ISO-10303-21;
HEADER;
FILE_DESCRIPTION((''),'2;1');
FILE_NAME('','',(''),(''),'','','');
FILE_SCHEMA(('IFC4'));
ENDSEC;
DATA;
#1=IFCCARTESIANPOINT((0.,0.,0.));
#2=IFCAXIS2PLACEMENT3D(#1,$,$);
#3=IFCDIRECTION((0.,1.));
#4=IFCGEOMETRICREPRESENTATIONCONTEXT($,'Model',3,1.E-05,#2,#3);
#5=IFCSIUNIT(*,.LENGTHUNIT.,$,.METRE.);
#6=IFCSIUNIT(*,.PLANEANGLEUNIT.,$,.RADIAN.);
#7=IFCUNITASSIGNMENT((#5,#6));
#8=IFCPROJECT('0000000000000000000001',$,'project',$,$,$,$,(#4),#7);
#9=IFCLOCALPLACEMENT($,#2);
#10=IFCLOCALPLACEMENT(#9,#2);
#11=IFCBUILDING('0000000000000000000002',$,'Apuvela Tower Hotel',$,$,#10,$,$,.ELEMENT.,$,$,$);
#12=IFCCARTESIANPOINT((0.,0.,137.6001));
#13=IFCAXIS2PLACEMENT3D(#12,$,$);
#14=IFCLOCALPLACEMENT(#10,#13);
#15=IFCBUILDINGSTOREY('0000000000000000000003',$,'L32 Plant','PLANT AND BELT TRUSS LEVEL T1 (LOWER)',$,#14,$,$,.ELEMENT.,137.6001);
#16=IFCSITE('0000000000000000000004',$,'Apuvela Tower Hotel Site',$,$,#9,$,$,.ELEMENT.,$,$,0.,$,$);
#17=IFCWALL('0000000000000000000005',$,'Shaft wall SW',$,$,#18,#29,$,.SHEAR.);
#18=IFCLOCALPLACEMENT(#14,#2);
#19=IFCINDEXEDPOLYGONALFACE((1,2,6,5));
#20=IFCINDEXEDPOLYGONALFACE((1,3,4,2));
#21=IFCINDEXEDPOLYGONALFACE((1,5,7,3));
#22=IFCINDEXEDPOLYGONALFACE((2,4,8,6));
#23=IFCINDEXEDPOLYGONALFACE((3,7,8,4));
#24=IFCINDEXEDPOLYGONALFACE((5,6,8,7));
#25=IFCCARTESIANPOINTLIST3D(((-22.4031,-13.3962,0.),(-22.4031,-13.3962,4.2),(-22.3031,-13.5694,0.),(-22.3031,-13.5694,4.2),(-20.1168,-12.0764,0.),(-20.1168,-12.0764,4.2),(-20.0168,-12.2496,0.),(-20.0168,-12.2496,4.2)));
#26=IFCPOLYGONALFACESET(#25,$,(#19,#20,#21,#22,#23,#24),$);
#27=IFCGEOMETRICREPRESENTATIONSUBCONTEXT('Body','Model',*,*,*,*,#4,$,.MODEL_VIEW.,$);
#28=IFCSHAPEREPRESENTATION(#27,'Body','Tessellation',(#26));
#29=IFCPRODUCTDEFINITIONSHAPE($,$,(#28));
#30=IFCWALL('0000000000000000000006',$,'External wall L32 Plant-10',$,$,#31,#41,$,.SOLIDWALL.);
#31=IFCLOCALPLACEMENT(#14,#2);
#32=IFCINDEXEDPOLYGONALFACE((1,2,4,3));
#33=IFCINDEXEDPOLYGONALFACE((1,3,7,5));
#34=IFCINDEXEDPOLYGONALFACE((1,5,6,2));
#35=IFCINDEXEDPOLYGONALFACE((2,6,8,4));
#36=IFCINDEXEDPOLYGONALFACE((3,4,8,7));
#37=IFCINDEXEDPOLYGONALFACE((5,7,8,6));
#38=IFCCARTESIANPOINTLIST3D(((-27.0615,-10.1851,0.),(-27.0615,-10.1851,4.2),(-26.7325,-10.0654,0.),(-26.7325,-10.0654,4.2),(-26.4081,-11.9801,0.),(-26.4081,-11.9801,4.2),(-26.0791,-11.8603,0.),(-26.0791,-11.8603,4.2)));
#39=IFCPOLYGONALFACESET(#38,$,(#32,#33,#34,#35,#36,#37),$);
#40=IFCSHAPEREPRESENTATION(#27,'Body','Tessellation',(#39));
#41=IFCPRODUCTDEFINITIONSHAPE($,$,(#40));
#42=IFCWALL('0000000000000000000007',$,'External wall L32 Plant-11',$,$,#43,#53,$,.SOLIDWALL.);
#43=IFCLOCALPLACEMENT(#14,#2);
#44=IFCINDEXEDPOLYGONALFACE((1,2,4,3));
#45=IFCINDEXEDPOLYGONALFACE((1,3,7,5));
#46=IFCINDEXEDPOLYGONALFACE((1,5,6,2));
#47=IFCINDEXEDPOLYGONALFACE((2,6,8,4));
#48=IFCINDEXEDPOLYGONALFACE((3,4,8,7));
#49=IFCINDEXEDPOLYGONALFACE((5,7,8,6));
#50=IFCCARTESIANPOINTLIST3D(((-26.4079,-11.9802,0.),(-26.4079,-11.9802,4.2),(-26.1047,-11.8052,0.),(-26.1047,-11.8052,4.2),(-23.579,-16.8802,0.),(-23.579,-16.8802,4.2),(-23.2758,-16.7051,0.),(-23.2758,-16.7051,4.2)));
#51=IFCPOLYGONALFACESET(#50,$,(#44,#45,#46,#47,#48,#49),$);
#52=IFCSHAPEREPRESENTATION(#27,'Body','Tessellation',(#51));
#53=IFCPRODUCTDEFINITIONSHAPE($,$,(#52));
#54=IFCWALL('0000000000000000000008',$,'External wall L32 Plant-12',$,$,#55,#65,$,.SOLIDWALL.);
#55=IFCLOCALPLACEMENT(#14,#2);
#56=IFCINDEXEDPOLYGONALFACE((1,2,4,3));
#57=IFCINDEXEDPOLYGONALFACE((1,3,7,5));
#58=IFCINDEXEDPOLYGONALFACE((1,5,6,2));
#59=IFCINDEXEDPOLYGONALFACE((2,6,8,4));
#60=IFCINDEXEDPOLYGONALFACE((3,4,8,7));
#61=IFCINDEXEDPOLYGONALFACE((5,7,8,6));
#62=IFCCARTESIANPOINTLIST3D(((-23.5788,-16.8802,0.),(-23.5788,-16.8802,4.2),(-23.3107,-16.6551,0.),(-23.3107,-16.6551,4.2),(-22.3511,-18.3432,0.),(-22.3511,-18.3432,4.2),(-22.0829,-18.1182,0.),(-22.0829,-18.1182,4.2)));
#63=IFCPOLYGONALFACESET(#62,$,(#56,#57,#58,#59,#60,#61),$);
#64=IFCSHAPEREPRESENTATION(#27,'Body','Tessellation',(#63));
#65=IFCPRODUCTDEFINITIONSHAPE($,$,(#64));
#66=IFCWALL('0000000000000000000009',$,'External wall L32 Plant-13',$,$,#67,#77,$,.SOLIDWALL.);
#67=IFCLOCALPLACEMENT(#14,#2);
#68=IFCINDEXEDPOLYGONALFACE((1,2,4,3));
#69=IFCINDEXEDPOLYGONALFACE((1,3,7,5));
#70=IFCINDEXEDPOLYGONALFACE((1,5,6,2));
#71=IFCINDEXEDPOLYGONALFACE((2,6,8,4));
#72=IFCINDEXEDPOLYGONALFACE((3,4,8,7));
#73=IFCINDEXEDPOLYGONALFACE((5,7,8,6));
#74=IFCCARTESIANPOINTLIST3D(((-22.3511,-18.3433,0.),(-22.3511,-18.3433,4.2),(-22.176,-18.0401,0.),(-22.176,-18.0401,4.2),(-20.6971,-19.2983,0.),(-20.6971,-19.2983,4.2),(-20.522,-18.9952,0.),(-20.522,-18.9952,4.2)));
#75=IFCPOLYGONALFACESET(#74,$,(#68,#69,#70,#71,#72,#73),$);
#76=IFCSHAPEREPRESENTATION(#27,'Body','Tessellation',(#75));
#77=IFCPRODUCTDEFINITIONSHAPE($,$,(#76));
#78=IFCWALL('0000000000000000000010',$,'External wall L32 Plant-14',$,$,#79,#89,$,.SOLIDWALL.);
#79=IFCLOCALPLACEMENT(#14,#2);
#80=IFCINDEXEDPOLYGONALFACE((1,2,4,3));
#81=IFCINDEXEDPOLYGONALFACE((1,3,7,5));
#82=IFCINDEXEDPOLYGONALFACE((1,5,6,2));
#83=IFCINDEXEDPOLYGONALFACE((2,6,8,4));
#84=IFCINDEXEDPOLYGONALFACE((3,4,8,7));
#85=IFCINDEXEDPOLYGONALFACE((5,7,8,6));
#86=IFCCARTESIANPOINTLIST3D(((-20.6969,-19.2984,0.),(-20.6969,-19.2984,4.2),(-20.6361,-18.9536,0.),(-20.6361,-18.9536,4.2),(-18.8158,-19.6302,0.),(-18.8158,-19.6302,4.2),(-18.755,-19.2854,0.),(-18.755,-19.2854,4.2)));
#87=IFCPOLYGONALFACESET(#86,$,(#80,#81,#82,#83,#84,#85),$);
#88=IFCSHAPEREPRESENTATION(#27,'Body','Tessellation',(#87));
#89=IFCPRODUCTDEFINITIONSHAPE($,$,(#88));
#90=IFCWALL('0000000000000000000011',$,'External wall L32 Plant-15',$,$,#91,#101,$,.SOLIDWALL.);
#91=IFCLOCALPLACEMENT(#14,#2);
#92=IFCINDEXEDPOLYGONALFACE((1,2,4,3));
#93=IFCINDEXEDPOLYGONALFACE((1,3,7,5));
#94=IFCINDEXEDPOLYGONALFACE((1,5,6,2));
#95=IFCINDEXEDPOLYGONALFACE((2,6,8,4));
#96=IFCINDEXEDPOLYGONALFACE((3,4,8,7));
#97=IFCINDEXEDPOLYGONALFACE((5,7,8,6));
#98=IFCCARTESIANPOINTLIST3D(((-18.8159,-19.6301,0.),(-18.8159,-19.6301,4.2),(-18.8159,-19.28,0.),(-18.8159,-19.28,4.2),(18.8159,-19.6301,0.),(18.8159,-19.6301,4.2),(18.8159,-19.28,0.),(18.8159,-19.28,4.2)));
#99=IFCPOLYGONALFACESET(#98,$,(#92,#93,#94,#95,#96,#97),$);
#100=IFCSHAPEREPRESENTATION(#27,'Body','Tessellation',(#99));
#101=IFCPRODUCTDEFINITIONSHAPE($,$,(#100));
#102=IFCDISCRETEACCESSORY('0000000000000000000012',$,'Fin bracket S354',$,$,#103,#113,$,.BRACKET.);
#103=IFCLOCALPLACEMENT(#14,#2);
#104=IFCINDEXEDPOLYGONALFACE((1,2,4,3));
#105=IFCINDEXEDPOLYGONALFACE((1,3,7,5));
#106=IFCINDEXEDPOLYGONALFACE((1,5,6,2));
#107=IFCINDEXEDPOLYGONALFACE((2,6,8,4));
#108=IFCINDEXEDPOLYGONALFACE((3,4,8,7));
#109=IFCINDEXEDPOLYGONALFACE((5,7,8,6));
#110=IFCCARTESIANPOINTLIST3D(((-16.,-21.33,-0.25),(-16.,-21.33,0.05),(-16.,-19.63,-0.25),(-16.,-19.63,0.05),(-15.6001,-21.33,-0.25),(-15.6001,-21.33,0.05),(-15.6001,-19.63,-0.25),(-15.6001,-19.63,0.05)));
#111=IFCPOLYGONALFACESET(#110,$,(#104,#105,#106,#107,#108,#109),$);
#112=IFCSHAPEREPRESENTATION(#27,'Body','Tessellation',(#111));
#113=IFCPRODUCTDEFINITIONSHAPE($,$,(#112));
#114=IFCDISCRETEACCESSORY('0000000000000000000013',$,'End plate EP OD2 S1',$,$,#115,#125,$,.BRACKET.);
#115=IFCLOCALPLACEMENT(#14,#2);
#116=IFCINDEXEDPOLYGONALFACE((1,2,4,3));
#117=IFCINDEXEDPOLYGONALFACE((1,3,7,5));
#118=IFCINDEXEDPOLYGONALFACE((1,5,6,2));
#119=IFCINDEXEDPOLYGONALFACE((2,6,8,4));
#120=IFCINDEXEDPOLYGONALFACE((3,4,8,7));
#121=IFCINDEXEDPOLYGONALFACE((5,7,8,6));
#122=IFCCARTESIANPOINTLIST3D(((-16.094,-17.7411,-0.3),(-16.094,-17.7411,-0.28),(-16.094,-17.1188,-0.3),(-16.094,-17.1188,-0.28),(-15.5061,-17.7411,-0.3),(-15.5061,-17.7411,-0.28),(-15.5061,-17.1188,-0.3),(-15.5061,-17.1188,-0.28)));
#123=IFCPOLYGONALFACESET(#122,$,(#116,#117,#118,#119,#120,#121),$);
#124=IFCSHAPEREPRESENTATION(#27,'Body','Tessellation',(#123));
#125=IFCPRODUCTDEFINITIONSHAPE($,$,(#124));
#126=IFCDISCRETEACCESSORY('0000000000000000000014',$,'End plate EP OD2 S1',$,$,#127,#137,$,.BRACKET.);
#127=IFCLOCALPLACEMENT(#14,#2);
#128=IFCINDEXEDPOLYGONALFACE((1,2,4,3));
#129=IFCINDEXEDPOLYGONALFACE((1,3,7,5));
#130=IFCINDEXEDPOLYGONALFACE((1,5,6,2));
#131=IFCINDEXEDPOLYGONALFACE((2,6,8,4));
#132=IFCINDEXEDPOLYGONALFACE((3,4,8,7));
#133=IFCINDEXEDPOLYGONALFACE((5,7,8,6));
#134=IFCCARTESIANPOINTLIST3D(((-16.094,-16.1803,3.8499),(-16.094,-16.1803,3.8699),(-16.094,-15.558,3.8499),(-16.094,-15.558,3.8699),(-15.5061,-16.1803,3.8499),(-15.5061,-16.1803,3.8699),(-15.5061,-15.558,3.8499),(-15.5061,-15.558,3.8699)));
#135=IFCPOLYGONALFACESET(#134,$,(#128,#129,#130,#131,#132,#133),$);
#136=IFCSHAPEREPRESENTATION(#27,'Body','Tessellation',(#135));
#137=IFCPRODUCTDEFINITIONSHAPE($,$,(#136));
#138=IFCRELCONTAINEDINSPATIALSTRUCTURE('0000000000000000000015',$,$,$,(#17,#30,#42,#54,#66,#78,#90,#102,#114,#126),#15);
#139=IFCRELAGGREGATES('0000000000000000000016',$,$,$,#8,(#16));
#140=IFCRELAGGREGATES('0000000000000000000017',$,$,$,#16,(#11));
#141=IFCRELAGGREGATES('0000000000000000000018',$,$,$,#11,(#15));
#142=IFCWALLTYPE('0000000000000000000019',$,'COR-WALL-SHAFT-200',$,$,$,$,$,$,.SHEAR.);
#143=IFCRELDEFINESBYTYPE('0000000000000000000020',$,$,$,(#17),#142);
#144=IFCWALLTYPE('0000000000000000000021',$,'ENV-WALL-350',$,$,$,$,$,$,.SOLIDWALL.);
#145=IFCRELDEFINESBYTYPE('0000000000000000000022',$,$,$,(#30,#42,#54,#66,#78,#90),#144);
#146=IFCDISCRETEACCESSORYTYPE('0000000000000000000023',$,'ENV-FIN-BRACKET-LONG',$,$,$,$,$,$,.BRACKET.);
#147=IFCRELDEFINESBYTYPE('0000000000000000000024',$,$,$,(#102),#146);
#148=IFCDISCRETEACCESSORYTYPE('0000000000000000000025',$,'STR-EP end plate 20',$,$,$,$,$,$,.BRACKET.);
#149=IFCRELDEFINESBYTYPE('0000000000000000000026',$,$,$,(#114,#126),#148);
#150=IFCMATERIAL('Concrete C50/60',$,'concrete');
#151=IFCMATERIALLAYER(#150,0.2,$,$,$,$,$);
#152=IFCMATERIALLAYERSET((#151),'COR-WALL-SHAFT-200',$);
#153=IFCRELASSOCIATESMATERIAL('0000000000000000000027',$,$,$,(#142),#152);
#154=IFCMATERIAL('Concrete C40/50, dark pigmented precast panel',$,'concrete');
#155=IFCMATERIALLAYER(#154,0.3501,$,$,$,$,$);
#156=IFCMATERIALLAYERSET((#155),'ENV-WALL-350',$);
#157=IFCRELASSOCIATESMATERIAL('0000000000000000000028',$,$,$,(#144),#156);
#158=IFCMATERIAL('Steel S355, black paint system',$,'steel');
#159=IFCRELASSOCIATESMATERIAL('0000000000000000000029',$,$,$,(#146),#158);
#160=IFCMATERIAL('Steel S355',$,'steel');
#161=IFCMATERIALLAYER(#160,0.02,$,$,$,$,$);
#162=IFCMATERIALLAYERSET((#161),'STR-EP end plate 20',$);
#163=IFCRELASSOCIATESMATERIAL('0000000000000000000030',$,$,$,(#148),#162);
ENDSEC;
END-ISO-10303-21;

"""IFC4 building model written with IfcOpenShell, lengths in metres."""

from ifc_helpers import new_model, si_unit, direction, frame, frame_2d, origin, origin_2d, place, context, subcontext, project, spatial, rectangle, extrude, material, layer, layer_set, type_object, element, save


model = new_model("IFC4")

# Units and contexts
model_context = context("Model", 3, precision=1e-05, world=origin(), true_north=direction((0.0, 1.0)))
body_context = subcontext(model_context, "Body", "Model", "MODEL_VIEW")
ifc_project = project(units=[si_unit("LENGTHUNIT", "METRE"), si_unit("PLANEANGLEUNIT", "RADIAN")], contexts=[model_context])

# Site, building, storey
site_placement = place(None, origin())
site = spatial("IfcSite", under=ifc_project, at=site_placement, Name="Apuvela Tower Hotel Site", CompositionType="ELEMENT", RefElevation=0.0)
building_placement = place(site_placement, origin())
building = spatial("IfcBuilding", under=site, at=building_placement, Name="Apuvela Tower Hotel", CompositionType="ELEMENT")
storey_placement = place(building_placement, frame((0.0, 0.0, 137.6001)))
storey = spatial("IfcBuildingStorey", under=building, at=storey_placement, Name="L32 Plant", Description="PLANT AND BELT TRUSS LEVEL T1 (LOWER)", CompositionType="ELEMENT", Elevation=137.6001)

# Shared definitions
ifc_material_1 = material(Name="Steel S355", Category="steel")

# Shared definitions
ifc_material_2 = material(Name="Concrete C50/60", Category="concrete")
ifc_layer_1 = layer(ifc_material_2, 0.2)
ifc_layer_set_1 = layer_set([ifc_layer_1], Name="COR-WALL-SHAFT-200")
wall_type_1 = type_object("IfcWallType", Name="COR-WALL-SHAFT-200", PredefinedType="SHEAR", material=ifc_layer_set_1)

# Walls
wall_1_placement = place(storey_placement, frame((-20.0669, -12.1631, 0.0), z_axis=(0.0, 0.0, 1.0), x_axis=(-0.866061, -0.499939, 0.0)))
element("IfcWall", 1, at=wall_1_placement, inside=storey, type_object=wall_type_1, Name="Shaft wall SW", PredefinedType="SHEAR", context=body_context, shape_type="SweptSolid", body=[
    extrude(rectangle(XDim=2.6399, YDim=0.2, at=frame_2d((1.3198, 0.0))), origin(), (0.0, 0.0, 1.0), 4.2),
])
ifc_material_3 = material(Name="Concrete C40/50, dark pigmented precast panel", Category="concrete")
ifc_layer_2 = layer(ifc_material_3, 0.3501)
ifc_layer_set_2 = layer_set([ifc_layer_2], Name="ENV-WALL-350")
wall_type_2 = type_object("IfcWallType", Name="ENV-WALL-350", PredefinedType="SOLIDWALL", material=ifc_layer_set_2)
wall_2_placement = place(storey_placement, frame((-26.897, -10.1252, 0.0), z_axis=(0.0, 0.0, 1.0), x_axis=(0.34203, -0.939689, 0.0)))
element("IfcWall", 2, at=wall_2_placement, inside=storey, type_object=wall_type_2, Name="External wall L32 Plant-10", PredefinedType="SOLIDWALL", context=body_context, shape_type="SweptSolid", body=[
    extrude(rectangle(XDim=1.9102, YDim=0.3501, at=frame_2d((0.9551, 0.0))), origin(), (0.0, 0.0, 1.0), 4.2),
])
wall_3_placement = place(storey_placement, frame((-26.2563, -11.8926, 0.0), z_axis=(0.0, 0.0, 1.0), x_axis=(0.499986, -0.866033, 0.0)))
element("IfcWall", 3, at=wall_3_placement, inside=storey, type_object=wall_type_2, Name="External wall L32 Plant-11", PredefinedType="SOLIDWALL", context=body_context, shape_type="SweptSolid", body=[
    extrude(rectangle(XDim=5.658, YDim=0.3501, at=frame_2d((2.8291, 0.0))), origin(), (0.0, 0.0, 1.0), 4.2),
])
for number, where, z_axis, x_axis, name in (
    (4, (-23.4448, -16.7676, 0.0), (0.0, 0.0, 1.0), (0.642808, -0.766027, 0.0), "External wall L32 Plant-12"),
    (5, (-22.2637, -18.1917, 0.0), (0.0, 0.0, 1.0), (0.866, -0.500043, 0.0), "External wall L32 Plant-13"),
):
    element("IfcWall", number, at=place(storey_placement, frame(where, z_axis=z_axis, x_axis=x_axis)), inside=storey, type_object=wall_type_2, Name=name, PredefinedType="SOLIDWALL", context=body_context, shape_type="SweptSolid", body=[
        extrude(rectangle(XDim=1.9099, YDim=0.3501, at=frame_2d((0.9551, 0.0))), origin(), (0.0, 0.0, 1.0), 4.2),
    ])
wall_4_placement = place(storey_placement, frame((-20.6665, -19.126, 0.0), z_axis=(0.0, 0.0, 1.0), x_axis=(0.984799, -0.173698, 0.0)))
element("IfcWall", 6, at=wall_4_placement, inside=storey, type_object=wall_type_2, Name="External wall L32 Plant-14", PredefinedType="SOLIDWALL", context=body_context, shape_type="SweptSolid", body=[
    extrude(rectangle(XDim=1.9102, YDim=0.3501, at=frame_2d((0.9551, 0.0))), origin(), (0.0, 0.0, 1.0), 4.2),
])
wall_5_placement = place(storey_placement, frame((-18.8159, -19.4551, 0.0), z_axis=(0.0, 0.0, 1.0), x_axis=(1.0, 0.0, 0.0)))
element("IfcWall", 7, at=wall_5_placement, inside=storey, type_object=wall_type_2, Name="External wall L32 Plant-15", PredefinedType="SOLIDWALL", context=body_context, shape_type="SweptSolid", body=[
    extrude(rectangle(XDim=37.6318, YDim=0.3501, at=frame_2d((18.8159, 0.0))), origin(), (0.0, 0.0, 1.0), 4.2),
])

# Discrete accessories
ifc_material_4 = material(Name="Steel S355, black paint system", Category="steel")
discrete_accessory_type_1 = type_object("IfcDiscreteAccessoryType", Name="ENV-FIN-BRACKET-LONG", PredefinedType="BRACKET", material=ifc_material_4)
discrete_accessory_placement = place(storey_placement, frame((-15.8, -20.48, -0.25), z_axis=(0.0, 0.0, 1.0), x_axis=(1.0, 0.0, 0.0)))
element("IfcDiscreteAccessory", 8, at=discrete_accessory_placement, inside=storey, type_object=discrete_accessory_type_1, Name="Fin bracket S354", PredefinedType="BRACKET", context=body_context, shape_type="SweptSolid", body=[
    extrude(rectangle(XDim=0.3999, YDim=1.7, at=origin_2d()), origin(), (0.0, 0.0, 1.0), 0.3),
])
ifc_layer_3 = layer(ifc_material_1, 0.02)
ifc_layer_set_3 = layer_set([ifc_layer_3], Name="STR-EP end plate 20")
discrete_accessory_type_2 = type_object("IfcDiscreteAccessoryType", Name="STR-EP end plate 20", PredefinedType="BRACKET", material=ifc_layer_set_3)
for number, where, z_axis, x_axis, name in (
    (9, (-15.8, -17.4299, -0.3), (0.0, 0.0, 1.0), (0.0, 1.0, 0.0), "End plate EP OD2 S1"),
    (10, (-15.8, -15.8691, 3.8499), (0.0, 0.0, 1.0), (0.0, 1.0, 0.0), "End plate EP OD2 S1"),
):
    element("IfcDiscreteAccessory", number, at=place(storey_placement, frame(where, z_axis=z_axis, x_axis=x_axis)), inside=storey, type_object=discrete_accessory_type_2, Name=name, PredefinedType="BRACKET", context=body_context, shape_type="SweptSolid", body=[
        extrude(rectangle(XDim=0.6223, YDim=0.5879, at=origin_2d()), origin(), (0.0, 0.0, 1.0), 0.02),
    ])

save(model, "model.ifc")
